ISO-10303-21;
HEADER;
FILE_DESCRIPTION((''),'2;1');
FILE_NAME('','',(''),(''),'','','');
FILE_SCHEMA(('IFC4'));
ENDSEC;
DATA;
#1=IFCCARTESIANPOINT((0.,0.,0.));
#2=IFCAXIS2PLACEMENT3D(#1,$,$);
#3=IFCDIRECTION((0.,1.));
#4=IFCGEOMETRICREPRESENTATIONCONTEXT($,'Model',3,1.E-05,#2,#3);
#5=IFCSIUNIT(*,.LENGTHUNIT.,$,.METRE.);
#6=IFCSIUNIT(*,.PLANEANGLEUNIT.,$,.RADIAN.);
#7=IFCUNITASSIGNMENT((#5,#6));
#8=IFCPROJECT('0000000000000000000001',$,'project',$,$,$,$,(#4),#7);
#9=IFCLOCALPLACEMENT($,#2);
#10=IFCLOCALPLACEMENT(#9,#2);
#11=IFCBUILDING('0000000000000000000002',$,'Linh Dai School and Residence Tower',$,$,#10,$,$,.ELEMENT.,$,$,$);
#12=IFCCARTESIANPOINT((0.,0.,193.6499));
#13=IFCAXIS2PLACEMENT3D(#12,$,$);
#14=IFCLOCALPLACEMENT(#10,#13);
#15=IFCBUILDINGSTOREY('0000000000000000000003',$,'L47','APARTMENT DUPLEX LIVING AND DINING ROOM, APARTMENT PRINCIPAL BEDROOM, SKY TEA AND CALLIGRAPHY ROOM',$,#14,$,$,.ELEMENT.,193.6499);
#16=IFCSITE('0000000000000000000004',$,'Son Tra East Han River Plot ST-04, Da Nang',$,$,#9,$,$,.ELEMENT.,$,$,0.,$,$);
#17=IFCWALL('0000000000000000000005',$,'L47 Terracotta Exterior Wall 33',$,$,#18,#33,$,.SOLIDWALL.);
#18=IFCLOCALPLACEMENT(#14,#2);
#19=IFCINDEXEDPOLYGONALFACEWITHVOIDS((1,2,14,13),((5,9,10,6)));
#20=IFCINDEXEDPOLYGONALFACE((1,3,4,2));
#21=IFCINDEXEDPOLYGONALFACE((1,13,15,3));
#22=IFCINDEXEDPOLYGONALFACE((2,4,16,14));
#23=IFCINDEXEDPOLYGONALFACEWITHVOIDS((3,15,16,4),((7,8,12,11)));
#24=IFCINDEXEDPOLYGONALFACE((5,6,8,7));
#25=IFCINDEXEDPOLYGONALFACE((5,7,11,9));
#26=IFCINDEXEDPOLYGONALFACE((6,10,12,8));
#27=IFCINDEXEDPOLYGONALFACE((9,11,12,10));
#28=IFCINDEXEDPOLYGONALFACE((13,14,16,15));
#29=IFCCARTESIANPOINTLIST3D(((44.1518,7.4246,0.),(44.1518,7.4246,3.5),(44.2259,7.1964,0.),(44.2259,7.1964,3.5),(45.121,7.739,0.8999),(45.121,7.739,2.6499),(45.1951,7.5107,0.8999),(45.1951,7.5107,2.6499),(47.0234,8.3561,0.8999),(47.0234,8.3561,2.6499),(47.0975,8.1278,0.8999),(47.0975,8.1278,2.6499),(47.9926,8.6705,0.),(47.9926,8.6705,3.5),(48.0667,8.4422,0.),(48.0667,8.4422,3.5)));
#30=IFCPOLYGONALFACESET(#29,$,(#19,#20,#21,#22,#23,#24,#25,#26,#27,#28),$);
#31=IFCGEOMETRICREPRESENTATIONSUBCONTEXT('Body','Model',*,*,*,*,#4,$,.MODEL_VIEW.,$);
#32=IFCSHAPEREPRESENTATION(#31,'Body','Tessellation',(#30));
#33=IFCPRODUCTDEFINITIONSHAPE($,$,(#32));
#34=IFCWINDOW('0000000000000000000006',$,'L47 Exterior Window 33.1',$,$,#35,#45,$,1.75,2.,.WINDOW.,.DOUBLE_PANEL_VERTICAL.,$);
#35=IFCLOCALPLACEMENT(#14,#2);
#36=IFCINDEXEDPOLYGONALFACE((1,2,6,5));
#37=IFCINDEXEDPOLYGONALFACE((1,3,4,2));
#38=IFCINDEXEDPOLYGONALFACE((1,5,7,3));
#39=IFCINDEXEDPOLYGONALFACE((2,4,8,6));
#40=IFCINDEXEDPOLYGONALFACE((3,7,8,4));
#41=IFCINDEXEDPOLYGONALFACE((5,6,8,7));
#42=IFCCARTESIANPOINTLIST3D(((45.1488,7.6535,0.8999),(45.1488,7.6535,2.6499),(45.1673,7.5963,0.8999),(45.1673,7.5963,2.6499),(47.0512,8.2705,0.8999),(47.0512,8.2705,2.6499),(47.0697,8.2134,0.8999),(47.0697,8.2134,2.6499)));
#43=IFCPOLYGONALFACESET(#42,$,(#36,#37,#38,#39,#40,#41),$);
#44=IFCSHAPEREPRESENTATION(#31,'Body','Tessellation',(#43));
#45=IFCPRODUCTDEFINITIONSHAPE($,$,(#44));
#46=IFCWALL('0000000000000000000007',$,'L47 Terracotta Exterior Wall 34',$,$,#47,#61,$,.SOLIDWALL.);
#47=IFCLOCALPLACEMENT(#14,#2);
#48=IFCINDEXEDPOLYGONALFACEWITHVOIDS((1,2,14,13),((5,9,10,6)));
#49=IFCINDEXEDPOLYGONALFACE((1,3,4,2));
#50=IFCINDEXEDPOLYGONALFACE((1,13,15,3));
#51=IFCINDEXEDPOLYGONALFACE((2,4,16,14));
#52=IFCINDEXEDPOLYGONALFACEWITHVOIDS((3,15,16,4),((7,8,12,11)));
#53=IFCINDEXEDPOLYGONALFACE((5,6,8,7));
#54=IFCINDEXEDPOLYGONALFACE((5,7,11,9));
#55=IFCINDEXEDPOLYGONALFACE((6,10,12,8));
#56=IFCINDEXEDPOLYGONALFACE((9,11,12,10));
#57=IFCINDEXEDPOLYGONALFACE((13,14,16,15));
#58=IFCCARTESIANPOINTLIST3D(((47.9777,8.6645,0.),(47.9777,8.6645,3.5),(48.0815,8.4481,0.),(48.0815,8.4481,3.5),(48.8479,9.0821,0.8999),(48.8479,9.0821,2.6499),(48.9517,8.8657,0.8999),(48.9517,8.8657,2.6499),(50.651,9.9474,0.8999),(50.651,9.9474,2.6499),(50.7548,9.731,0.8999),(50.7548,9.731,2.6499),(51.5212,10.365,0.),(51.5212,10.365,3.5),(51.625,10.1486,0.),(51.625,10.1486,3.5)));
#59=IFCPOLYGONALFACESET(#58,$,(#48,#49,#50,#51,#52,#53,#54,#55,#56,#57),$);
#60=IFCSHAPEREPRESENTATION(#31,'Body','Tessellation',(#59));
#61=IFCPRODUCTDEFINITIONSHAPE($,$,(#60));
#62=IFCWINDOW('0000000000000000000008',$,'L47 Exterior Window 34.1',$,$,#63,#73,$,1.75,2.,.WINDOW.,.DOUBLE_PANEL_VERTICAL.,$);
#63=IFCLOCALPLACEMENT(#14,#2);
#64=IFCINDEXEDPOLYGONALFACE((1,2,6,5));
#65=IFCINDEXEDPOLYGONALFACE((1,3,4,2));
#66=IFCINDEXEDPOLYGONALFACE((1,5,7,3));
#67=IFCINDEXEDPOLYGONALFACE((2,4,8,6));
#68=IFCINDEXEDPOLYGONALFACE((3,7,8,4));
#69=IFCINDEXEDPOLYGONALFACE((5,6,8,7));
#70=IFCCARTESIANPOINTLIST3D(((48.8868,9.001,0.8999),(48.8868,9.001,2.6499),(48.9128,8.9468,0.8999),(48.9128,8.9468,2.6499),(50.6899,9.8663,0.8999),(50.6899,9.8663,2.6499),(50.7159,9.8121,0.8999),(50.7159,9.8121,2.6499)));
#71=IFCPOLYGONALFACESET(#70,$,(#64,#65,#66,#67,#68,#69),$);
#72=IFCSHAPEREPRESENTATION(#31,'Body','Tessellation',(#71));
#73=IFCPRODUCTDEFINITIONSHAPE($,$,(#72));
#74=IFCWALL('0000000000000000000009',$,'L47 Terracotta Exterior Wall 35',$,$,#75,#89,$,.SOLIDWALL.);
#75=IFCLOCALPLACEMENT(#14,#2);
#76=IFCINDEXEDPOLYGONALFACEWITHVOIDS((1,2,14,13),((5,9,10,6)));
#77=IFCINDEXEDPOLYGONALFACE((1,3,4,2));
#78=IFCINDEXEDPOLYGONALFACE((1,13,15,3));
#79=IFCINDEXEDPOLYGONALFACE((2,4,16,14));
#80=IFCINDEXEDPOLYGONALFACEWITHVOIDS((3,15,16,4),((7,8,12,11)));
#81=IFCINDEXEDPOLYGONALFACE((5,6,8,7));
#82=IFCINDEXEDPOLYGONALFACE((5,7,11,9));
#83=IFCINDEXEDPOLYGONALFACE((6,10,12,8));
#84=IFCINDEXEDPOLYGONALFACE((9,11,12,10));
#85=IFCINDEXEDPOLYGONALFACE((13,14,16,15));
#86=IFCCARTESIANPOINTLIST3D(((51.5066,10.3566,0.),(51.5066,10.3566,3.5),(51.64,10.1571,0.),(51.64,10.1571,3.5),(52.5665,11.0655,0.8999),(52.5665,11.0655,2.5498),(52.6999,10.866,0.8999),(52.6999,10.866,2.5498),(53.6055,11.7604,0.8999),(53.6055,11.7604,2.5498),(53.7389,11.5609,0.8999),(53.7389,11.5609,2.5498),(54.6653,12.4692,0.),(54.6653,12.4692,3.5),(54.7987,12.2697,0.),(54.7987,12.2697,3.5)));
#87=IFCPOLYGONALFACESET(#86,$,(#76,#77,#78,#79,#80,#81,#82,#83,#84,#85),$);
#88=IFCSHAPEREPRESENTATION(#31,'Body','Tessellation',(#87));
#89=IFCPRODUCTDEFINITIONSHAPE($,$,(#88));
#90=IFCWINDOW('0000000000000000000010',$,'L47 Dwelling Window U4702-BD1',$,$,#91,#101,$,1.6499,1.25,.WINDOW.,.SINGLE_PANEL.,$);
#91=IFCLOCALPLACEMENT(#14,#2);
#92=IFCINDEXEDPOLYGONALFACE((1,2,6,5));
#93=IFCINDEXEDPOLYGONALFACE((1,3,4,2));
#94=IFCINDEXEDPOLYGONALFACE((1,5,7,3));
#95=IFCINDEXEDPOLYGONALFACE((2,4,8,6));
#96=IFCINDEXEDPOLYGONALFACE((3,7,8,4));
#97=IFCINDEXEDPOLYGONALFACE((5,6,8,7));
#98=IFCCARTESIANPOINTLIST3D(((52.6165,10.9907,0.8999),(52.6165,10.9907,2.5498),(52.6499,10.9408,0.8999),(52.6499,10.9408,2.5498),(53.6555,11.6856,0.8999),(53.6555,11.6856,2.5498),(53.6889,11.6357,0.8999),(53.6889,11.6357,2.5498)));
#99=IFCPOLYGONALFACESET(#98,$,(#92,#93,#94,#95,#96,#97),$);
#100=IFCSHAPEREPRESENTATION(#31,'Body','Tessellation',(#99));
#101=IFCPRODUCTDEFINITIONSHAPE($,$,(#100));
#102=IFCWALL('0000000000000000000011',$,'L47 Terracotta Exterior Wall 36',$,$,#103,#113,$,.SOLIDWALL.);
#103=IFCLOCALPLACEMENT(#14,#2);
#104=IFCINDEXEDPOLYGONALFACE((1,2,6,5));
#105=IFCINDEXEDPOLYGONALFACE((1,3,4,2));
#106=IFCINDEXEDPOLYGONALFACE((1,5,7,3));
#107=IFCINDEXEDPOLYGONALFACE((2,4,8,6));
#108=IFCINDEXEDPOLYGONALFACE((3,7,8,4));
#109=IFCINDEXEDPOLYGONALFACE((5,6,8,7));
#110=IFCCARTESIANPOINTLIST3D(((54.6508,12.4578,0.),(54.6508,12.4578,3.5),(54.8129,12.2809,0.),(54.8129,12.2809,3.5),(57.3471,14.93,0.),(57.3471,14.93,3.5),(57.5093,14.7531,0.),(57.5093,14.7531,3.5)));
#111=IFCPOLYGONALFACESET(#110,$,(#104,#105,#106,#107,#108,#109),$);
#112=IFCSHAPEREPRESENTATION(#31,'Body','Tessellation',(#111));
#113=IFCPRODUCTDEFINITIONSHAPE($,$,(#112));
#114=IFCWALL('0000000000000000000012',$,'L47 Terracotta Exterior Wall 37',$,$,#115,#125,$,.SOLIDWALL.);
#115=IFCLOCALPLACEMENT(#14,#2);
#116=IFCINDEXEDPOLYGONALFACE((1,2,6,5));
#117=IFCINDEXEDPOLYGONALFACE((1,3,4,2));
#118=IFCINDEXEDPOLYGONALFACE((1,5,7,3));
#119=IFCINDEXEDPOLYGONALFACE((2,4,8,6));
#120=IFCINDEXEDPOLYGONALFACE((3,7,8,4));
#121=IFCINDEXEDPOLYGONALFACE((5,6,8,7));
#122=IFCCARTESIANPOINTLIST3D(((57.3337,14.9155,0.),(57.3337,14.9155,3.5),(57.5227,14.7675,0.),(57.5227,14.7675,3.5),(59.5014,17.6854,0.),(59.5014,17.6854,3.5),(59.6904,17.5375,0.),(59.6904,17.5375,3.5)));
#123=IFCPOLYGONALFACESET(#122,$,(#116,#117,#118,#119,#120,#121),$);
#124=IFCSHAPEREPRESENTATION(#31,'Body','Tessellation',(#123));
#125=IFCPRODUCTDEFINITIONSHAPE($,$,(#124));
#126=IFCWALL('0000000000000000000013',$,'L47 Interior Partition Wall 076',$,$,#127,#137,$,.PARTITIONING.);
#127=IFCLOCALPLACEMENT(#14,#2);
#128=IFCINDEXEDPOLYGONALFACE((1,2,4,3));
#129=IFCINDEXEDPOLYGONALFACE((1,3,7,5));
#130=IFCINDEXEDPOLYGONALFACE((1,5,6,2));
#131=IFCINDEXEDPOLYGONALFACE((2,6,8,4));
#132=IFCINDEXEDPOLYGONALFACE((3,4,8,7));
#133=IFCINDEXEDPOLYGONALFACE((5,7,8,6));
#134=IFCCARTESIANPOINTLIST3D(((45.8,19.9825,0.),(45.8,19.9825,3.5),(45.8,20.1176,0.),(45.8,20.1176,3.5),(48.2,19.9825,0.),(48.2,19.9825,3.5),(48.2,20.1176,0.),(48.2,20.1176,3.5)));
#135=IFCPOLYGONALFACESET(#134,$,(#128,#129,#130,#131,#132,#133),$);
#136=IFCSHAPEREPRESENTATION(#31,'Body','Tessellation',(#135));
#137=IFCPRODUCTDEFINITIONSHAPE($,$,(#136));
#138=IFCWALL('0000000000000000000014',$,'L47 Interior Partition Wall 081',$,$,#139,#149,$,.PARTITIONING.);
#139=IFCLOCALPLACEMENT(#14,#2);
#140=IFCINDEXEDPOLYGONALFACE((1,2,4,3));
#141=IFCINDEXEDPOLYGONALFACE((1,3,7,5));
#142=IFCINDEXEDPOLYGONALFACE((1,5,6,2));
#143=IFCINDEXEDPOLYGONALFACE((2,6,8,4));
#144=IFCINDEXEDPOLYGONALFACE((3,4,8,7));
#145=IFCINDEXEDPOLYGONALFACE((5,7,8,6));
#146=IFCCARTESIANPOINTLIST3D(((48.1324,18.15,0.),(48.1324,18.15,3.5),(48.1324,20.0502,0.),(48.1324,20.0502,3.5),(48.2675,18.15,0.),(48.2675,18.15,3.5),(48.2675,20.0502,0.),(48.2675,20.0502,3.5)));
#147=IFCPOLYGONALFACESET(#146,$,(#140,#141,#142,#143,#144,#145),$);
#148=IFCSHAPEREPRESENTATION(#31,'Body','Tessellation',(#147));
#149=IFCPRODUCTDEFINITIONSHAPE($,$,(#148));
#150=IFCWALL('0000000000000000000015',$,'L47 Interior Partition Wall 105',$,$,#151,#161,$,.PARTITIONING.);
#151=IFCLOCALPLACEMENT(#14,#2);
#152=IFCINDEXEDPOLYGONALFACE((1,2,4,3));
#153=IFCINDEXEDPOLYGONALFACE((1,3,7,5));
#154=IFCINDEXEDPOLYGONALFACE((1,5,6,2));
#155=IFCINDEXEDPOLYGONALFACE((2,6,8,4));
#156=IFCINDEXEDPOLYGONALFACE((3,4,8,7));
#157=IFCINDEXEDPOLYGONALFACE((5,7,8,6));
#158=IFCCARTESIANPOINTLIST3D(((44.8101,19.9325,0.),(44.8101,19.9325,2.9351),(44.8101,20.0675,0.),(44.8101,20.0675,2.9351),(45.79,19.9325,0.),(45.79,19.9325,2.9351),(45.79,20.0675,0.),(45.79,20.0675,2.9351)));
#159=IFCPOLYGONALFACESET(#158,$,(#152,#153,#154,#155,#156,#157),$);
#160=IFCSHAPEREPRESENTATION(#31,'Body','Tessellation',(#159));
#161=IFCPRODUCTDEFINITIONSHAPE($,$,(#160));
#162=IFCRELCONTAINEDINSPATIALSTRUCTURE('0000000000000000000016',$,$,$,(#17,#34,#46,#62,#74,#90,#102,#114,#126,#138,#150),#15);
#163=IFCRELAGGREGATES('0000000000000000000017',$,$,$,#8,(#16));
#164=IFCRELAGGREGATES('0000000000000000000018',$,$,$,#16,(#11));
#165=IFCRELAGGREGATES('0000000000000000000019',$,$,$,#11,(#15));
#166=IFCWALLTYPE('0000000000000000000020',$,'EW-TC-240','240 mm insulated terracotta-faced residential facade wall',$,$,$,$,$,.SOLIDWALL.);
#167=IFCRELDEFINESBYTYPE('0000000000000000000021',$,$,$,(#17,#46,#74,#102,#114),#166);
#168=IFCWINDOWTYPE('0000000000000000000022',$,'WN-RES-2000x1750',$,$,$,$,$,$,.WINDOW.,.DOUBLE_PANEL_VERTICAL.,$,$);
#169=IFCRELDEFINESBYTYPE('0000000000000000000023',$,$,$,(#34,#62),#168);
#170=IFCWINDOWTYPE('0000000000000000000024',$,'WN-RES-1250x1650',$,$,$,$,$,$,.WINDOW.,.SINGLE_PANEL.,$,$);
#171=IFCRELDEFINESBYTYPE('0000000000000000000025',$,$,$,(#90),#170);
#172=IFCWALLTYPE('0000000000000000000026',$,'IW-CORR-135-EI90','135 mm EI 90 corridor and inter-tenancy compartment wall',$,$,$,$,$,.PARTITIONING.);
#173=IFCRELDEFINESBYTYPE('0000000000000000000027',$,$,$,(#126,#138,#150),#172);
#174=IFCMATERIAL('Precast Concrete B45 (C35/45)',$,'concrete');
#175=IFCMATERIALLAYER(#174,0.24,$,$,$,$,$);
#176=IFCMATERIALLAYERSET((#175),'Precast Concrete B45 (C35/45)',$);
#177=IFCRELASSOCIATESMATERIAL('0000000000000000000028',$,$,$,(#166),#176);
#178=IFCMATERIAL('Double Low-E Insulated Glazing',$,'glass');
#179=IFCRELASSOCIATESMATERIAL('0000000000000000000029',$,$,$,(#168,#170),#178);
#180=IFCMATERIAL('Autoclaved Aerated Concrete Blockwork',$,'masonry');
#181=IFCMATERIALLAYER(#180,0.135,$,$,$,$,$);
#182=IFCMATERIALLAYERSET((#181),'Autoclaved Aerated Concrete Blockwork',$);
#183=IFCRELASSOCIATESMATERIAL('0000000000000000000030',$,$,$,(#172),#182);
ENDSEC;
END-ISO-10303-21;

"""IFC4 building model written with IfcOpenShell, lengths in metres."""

from ifc_helpers import new_model, si_unit, direction, frame, frame_2d, origin, origin_2d, place, context, subcontext, project, spatial, rectangle, extrude, source, transform, mapped, material, layer, layer_set, type_object, element, fill, save


model = new_model("IFC4")

# Units and contexts
model_context = context("Model", 3, precision=1e-05, world=origin(), true_north=direction((0.0, 1.0)))
body_context = subcontext(model_context, "Body", "Model", "MODEL_VIEW")
ifc_project = project(units=[si_unit("LENGTHUNIT", "METRE"), si_unit("PLANEANGLEUNIT", "RADIAN")], contexts=[model_context])

# Site, building, storey
site_placement = place(None, origin())
site = spatial("IfcSite", under=ifc_project, at=site_placement, Name="Son Tra East Han River Plot ST-04, Da Nang", CompositionType="ELEMENT", RefElevation=0.0)
building_placement = place(site_placement, origin())
building = spatial("IfcBuilding", under=site, at=building_placement, Name="Linh Dai School and Residence Tower", CompositionType="ELEMENT")
storey_placement = place(building_placement, frame((0.0, 0.0, 193.6499)))
storey = spatial("IfcBuildingStorey", under=building, at=storey_placement, Name="L47", Description="APARTMENT DUPLEX LIVING AND DINING ROOM, APARTMENT PRINCIPAL BEDROOM, SKY TEA AND CALLIGRAPHY ROOM", CompositionType="ELEMENT", Elevation=193.6499)

# Shared definitions
ifc_material_1 = material(Name="Precast Concrete B45 (C35/45)", Category="concrete")

# Walls, openings, windows
ifc_layer_1 = layer(ifc_material_1, 0.24)
ifc_layer_set_1 = layer_set([ifc_layer_1], Name="Precast Concrete B45 (C35/45)")
wall_type_1 = type_object("IfcWallType", Name="EW-TC-240", Description="240 mm insulated terracotta-faced residential facade wall", PredefinedType="SOLIDWALL", material=ifc_layer_set_1)
wall_1_placement = place(storey_placement, frame((48.0298, 8.5564, 0.0), z_axis=(0.0, 0.0, 1.0), x_axis=(-0.95121, -0.308545, 0.0)))
wall_1 = element("IfcWall", 1, at=wall_1_placement, inside=storey, type_object=wall_type_1, Name="L47 Terracotta Exterior Wall 33", PredefinedType="SOLIDWALL", context=body_context, shape_type="SweptSolid", body=[
    extrude(rectangle(XDim=4.0378, YDim=0.24, at=frame_2d((2.019, 0.0))), origin(), (0.0, 0.0, 1.0), 3.5),
])
opening_1_placement = place(wall_1_placement, frame((1.019, 0.0, 0.8999)))
opening_1 = element("IfcOpeningElement", 2, at=opening_1_placement, cuts=wall_1, PredefinedType="OPENING", context=body_context, shape_type="SweptSolid", body=[
    extrude(rectangle(XDim=2.0, YDim=1.75, at=origin_2d()), frame((1.0, 0.1299, 0.875), z_axis=(0.0, -1.0, 0.0), x_axis=(1.0, 0.0, 0.0)), (0.0, 0.0, 1.0), 0.26),
])
ifc_material_2 = material(Name="Double Low-E Insulated Glazing", Category="glass")
window_type_1 = type_object("IfcWindowType", Name="WN-RES-2000x1750", PartitioningType="DOUBLE_PANEL_VERTICAL", PredefinedType="WINDOW", material=ifc_material_2)
shared_shape_1 = source(origin(), body_context, "Body", "SweptSolid", [
    extrude(rectangle(XDim=2.0, YDim=1.75, at=origin_2d()), frame((1.0, 0.03, 0.875), z_axis=(0.0, -1.0, 0.0), x_axis=(1.0, 0.0, 0.0)), (0.0, 0.0, 1.0), 0.0601),
])
window_1_placement = place(opening_1_placement, origin())
window_1 = element("IfcWindow", 3, at=window_1_placement, inside=storey, type_object=window_type_1, Name="L47 Exterior Window 33.1", OverallHeight=1.75, OverallWidth=2.0, PartitioningType="DOUBLE_PANEL_VERTICAL", PredefinedType="WINDOW", context=body_context, shape_type="MappedRepresentation", body=[
    mapped(shared_shape_1, transform((0.0, 0.0, 0.0), x_axis=(1.0, 0.0, 0.0), y_axis=(0.0, 1.0, 0.0), z_axis=(0.0, 0.0, 1.0), scale=1.0)),
])
fill(opening_1, window_1)
wall_2_placement = place(storey_placement, frame((51.5732, 10.2568, 0.0), z_axis=(0.0, 0.0, 1.0), x_axis=(-0.901565, -0.432644, 0.0)))
wall_2 = element("IfcWall", 4, at=wall_2_placement, inside=storey, type_object=wall_type_1, Name="L47 Terracotta Exterior Wall 34", PredefinedType="SOLIDWALL", context=body_context, shape_type="SweptSolid", body=[
    extrude(rectangle(XDim=3.9304, YDim=0.24, at=frame_2d((1.9653, 0.0))), origin(), (0.0, 0.0, 1.0), 3.5),
])
opening_2_placement = place(wall_2_placement, frame((0.9653, 0.0, 0.8999)))
opening_2 = element("IfcOpeningElement", 5, at=opening_2_placement, cuts=wall_2, PredefinedType="OPENING", context=body_context, shape_type="SweptSolid", body=[
    extrude(rectangle(XDim=2.0, YDim=1.75, at=origin_2d()), frame((1.0, 0.1299, 0.875), z_axis=(0.0, -1.0, 0.0), x_axis=(1.0, 0.0, 0.0)), (0.0, 0.0, 1.0), 0.26),
])
window_2_placement = place(opening_2_placement, origin())
window_2 = element("IfcWindow", 6, at=window_2_placement, inside=storey, type_object=window_type_1, Name="L47 Exterior Window 34.1", OverallHeight=1.75, OverallWidth=2.0, PartitioningType="DOUBLE_PANEL_VERTICAL", PredefinedType="WINDOW", context=body_context, shape_type="MappedRepresentation", body=[
    mapped(shared_shape_1, transform((0.0, 0.0, 0.0), x_axis=(1.0, 0.0, 0.0), y_axis=(0.0, 1.0, 0.0), z_axis=(0.0, 0.0, 1.0), scale=1.0)),
])
fill(opening_2, window_2)
wall_3_placement = place(storey_placement, frame((54.7319, 12.3694, 0.0), z_axis=(0.0, 0.0, 1.0), x_axis=(-0.831229, -0.55593, 0.0)))
wall_3 = element("IfcWall", 7, at=wall_3_placement, inside=storey, type_object=wall_type_1, Name="L47 Terracotta Exterior Wall 35", PredefinedType="SOLIDWALL", context=body_context, shape_type="SweptSolid", body=[
    extrude(rectangle(XDim=3.8, YDim=0.24, at=frame_2d((1.8999, 0.0))), origin(), (0.0, 0.0, 1.0), 3.5),
])
opening_3_placement = place(wall_3_placement, frame((1.2749, 0.0, 0.8999)))
opening_3 = element("IfcOpeningElement", 8, at=opening_3_placement, cuts=wall_3, PredefinedType="OPENING", context=body_context, shape_type="SweptSolid", body=[
    extrude(rectangle(XDim=1.25, YDim=1.6499, at=origin_2d()), frame((0.625, 0.1299, 0.825), z_axis=(0.0, -1.0, 0.0), x_axis=(1.0, 0.0, 0.0)), (0.0, 0.0, 1.0), 0.26),
])
window_type_2 = type_object("IfcWindowType", Name="WN-RES-1250x1650", PartitioningType="SINGLE_PANEL", PredefinedType="WINDOW", material=ifc_material_2)
shared_shape_2 = source(origin(), body_context, "Body", "SweptSolid", [
    extrude(rectangle(XDim=1.25, YDim=1.6499, at=origin_2d()), frame((0.625, 0.03, 0.825), z_axis=(0.0, -1.0, 0.0), x_axis=(1.0, 0.0, 0.0)), (0.0, 0.0, 1.0), 0.0601),
])
window_3_placement = place(opening_3_placement, origin())
window_3 = element("IfcWindow", 9, at=window_3_placement, inside=storey, type_object=window_type_2, Name="L47 Dwelling Window U4702-BD1", OverallHeight=1.6499, OverallWidth=1.25, PartitioningType="SINGLE_PANEL", PredefinedType="WINDOW", context=body_context, shape_type="MappedRepresentation", body=[
    mapped(shared_shape_2, transform((0.0, 0.0, 0.0), x_axis=(1.0, 0.0, 0.0), y_axis=(0.0, 1.0, 0.0), z_axis=(0.0, 0.0, 1.0), scale=1.0)),
])
fill(opening_3, window_3)

# Walls
wall_4_placement = place(storey_placement, frame((57.4282, 14.8416, 0.0), z_axis=(0.0, 0.0, 1.0), x_axis=(-0.737077, -0.675809, 0.0)))
element("IfcWall", 10, at=wall_4_placement, inside=storey, type_object=wall_type_1, Name="L47 Terracotta Exterior Wall 36", PredefinedType="SOLIDWALL", context=body_context, shape_type="SweptSolid", body=[
    extrude(rectangle(XDim=3.6582, YDim=0.24, at=frame_2d((1.8291, 0.0))), origin(), (0.0, 0.0, 1.0), 3.5),
])
wall_5_placement = place(storey_placement, frame((59.5959, 17.6116, 0.0), z_axis=(0.0, 0.0, 1.0), x_axis=(-0.616288, -0.787521, 0.0)))
element("IfcWall", 11, at=wall_5_placement, inside=storey, type_object=wall_type_1, Name="L47 Terracotta Exterior Wall 37", PredefinedType="SOLIDWALL", context=body_context, shape_type="SweptSolid", body=[
    extrude(rectangle(XDim=3.5173, YDim=0.24, at=frame_2d((1.7588, 0.0))), origin(), (0.0, 0.0, 1.0), 3.5),
])
ifc_material_3 = material(Name="Autoclaved Aerated Concrete Blockwork", Category="masonry")
ifc_layer_2 = layer(ifc_material_3, 0.135)
ifc_layer_set_2 = layer_set([ifc_layer_2], Name="Autoclaved Aerated Concrete Blockwork")
wall_type_2 = type_object("IfcWallType", Name="IW-CORR-135-EI90", Description="135 mm EI 90 corridor and inter-tenancy compartment wall", PredefinedType="PARTITIONING", material=ifc_layer_set_2)
wall_6_placement = place(storey_placement, frame((45.8, 20.05, 0.0), z_axis=(0.0, 0.0, 1.0), x_axis=(1.0, 0.0, 0.0)))
element("IfcWall", 12, at=wall_6_placement, inside=storey, type_object=wall_type_2, Name="L47 Interior Partition Wall 076", PredefinedType="PARTITIONING", context=body_context, shape_type="SweptSolid", body=[
    extrude(rectangle(XDim=2.3999, YDim=0.135, at=frame_2d((1.2, 0.0))), origin(), (0.0, 0.0, 1.0), 3.5),
])
wall_7_placement = place(storey_placement, frame((48.2, 18.1499, 0.0), z_axis=(0.0, 0.0, 1.0), x_axis=(0.0, 1.0, 0.0)))
element("IfcWall", 13, at=wall_7_placement, inside=storey, type_object=wall_type_2, Name="L47 Interior Partition Wall 081", PredefinedType="PARTITIONING", context=body_context, shape_type="SweptSolid", body=[
    extrude(rectangle(XDim=1.9001, YDim=0.135, at=frame_2d((0.9502, 0.0))), origin(), (0.0, 0.0, 1.0), 3.5),
])
wall_8_placement = place(storey_placement, frame((44.8101, 20.0, 0.0), z_axis=(0.0, 0.0, 1.0), x_axis=(1.0, 0.0, 0.0)))
element("IfcWall", 14, at=wall_8_placement, inside=storey, type_object=wall_type_2, Name="L47 Interior Partition Wall 105", PredefinedType="PARTITIONING", context=body_context, shape_type="SweptSolid", body=[
    extrude(rectangle(XDim=0.98, YDim=0.135, at=frame_2d((0.49, 0.0))), origin(), (0.0, 0.0, 1.0), 2.9351),
])

save(model, "model.ifc")
